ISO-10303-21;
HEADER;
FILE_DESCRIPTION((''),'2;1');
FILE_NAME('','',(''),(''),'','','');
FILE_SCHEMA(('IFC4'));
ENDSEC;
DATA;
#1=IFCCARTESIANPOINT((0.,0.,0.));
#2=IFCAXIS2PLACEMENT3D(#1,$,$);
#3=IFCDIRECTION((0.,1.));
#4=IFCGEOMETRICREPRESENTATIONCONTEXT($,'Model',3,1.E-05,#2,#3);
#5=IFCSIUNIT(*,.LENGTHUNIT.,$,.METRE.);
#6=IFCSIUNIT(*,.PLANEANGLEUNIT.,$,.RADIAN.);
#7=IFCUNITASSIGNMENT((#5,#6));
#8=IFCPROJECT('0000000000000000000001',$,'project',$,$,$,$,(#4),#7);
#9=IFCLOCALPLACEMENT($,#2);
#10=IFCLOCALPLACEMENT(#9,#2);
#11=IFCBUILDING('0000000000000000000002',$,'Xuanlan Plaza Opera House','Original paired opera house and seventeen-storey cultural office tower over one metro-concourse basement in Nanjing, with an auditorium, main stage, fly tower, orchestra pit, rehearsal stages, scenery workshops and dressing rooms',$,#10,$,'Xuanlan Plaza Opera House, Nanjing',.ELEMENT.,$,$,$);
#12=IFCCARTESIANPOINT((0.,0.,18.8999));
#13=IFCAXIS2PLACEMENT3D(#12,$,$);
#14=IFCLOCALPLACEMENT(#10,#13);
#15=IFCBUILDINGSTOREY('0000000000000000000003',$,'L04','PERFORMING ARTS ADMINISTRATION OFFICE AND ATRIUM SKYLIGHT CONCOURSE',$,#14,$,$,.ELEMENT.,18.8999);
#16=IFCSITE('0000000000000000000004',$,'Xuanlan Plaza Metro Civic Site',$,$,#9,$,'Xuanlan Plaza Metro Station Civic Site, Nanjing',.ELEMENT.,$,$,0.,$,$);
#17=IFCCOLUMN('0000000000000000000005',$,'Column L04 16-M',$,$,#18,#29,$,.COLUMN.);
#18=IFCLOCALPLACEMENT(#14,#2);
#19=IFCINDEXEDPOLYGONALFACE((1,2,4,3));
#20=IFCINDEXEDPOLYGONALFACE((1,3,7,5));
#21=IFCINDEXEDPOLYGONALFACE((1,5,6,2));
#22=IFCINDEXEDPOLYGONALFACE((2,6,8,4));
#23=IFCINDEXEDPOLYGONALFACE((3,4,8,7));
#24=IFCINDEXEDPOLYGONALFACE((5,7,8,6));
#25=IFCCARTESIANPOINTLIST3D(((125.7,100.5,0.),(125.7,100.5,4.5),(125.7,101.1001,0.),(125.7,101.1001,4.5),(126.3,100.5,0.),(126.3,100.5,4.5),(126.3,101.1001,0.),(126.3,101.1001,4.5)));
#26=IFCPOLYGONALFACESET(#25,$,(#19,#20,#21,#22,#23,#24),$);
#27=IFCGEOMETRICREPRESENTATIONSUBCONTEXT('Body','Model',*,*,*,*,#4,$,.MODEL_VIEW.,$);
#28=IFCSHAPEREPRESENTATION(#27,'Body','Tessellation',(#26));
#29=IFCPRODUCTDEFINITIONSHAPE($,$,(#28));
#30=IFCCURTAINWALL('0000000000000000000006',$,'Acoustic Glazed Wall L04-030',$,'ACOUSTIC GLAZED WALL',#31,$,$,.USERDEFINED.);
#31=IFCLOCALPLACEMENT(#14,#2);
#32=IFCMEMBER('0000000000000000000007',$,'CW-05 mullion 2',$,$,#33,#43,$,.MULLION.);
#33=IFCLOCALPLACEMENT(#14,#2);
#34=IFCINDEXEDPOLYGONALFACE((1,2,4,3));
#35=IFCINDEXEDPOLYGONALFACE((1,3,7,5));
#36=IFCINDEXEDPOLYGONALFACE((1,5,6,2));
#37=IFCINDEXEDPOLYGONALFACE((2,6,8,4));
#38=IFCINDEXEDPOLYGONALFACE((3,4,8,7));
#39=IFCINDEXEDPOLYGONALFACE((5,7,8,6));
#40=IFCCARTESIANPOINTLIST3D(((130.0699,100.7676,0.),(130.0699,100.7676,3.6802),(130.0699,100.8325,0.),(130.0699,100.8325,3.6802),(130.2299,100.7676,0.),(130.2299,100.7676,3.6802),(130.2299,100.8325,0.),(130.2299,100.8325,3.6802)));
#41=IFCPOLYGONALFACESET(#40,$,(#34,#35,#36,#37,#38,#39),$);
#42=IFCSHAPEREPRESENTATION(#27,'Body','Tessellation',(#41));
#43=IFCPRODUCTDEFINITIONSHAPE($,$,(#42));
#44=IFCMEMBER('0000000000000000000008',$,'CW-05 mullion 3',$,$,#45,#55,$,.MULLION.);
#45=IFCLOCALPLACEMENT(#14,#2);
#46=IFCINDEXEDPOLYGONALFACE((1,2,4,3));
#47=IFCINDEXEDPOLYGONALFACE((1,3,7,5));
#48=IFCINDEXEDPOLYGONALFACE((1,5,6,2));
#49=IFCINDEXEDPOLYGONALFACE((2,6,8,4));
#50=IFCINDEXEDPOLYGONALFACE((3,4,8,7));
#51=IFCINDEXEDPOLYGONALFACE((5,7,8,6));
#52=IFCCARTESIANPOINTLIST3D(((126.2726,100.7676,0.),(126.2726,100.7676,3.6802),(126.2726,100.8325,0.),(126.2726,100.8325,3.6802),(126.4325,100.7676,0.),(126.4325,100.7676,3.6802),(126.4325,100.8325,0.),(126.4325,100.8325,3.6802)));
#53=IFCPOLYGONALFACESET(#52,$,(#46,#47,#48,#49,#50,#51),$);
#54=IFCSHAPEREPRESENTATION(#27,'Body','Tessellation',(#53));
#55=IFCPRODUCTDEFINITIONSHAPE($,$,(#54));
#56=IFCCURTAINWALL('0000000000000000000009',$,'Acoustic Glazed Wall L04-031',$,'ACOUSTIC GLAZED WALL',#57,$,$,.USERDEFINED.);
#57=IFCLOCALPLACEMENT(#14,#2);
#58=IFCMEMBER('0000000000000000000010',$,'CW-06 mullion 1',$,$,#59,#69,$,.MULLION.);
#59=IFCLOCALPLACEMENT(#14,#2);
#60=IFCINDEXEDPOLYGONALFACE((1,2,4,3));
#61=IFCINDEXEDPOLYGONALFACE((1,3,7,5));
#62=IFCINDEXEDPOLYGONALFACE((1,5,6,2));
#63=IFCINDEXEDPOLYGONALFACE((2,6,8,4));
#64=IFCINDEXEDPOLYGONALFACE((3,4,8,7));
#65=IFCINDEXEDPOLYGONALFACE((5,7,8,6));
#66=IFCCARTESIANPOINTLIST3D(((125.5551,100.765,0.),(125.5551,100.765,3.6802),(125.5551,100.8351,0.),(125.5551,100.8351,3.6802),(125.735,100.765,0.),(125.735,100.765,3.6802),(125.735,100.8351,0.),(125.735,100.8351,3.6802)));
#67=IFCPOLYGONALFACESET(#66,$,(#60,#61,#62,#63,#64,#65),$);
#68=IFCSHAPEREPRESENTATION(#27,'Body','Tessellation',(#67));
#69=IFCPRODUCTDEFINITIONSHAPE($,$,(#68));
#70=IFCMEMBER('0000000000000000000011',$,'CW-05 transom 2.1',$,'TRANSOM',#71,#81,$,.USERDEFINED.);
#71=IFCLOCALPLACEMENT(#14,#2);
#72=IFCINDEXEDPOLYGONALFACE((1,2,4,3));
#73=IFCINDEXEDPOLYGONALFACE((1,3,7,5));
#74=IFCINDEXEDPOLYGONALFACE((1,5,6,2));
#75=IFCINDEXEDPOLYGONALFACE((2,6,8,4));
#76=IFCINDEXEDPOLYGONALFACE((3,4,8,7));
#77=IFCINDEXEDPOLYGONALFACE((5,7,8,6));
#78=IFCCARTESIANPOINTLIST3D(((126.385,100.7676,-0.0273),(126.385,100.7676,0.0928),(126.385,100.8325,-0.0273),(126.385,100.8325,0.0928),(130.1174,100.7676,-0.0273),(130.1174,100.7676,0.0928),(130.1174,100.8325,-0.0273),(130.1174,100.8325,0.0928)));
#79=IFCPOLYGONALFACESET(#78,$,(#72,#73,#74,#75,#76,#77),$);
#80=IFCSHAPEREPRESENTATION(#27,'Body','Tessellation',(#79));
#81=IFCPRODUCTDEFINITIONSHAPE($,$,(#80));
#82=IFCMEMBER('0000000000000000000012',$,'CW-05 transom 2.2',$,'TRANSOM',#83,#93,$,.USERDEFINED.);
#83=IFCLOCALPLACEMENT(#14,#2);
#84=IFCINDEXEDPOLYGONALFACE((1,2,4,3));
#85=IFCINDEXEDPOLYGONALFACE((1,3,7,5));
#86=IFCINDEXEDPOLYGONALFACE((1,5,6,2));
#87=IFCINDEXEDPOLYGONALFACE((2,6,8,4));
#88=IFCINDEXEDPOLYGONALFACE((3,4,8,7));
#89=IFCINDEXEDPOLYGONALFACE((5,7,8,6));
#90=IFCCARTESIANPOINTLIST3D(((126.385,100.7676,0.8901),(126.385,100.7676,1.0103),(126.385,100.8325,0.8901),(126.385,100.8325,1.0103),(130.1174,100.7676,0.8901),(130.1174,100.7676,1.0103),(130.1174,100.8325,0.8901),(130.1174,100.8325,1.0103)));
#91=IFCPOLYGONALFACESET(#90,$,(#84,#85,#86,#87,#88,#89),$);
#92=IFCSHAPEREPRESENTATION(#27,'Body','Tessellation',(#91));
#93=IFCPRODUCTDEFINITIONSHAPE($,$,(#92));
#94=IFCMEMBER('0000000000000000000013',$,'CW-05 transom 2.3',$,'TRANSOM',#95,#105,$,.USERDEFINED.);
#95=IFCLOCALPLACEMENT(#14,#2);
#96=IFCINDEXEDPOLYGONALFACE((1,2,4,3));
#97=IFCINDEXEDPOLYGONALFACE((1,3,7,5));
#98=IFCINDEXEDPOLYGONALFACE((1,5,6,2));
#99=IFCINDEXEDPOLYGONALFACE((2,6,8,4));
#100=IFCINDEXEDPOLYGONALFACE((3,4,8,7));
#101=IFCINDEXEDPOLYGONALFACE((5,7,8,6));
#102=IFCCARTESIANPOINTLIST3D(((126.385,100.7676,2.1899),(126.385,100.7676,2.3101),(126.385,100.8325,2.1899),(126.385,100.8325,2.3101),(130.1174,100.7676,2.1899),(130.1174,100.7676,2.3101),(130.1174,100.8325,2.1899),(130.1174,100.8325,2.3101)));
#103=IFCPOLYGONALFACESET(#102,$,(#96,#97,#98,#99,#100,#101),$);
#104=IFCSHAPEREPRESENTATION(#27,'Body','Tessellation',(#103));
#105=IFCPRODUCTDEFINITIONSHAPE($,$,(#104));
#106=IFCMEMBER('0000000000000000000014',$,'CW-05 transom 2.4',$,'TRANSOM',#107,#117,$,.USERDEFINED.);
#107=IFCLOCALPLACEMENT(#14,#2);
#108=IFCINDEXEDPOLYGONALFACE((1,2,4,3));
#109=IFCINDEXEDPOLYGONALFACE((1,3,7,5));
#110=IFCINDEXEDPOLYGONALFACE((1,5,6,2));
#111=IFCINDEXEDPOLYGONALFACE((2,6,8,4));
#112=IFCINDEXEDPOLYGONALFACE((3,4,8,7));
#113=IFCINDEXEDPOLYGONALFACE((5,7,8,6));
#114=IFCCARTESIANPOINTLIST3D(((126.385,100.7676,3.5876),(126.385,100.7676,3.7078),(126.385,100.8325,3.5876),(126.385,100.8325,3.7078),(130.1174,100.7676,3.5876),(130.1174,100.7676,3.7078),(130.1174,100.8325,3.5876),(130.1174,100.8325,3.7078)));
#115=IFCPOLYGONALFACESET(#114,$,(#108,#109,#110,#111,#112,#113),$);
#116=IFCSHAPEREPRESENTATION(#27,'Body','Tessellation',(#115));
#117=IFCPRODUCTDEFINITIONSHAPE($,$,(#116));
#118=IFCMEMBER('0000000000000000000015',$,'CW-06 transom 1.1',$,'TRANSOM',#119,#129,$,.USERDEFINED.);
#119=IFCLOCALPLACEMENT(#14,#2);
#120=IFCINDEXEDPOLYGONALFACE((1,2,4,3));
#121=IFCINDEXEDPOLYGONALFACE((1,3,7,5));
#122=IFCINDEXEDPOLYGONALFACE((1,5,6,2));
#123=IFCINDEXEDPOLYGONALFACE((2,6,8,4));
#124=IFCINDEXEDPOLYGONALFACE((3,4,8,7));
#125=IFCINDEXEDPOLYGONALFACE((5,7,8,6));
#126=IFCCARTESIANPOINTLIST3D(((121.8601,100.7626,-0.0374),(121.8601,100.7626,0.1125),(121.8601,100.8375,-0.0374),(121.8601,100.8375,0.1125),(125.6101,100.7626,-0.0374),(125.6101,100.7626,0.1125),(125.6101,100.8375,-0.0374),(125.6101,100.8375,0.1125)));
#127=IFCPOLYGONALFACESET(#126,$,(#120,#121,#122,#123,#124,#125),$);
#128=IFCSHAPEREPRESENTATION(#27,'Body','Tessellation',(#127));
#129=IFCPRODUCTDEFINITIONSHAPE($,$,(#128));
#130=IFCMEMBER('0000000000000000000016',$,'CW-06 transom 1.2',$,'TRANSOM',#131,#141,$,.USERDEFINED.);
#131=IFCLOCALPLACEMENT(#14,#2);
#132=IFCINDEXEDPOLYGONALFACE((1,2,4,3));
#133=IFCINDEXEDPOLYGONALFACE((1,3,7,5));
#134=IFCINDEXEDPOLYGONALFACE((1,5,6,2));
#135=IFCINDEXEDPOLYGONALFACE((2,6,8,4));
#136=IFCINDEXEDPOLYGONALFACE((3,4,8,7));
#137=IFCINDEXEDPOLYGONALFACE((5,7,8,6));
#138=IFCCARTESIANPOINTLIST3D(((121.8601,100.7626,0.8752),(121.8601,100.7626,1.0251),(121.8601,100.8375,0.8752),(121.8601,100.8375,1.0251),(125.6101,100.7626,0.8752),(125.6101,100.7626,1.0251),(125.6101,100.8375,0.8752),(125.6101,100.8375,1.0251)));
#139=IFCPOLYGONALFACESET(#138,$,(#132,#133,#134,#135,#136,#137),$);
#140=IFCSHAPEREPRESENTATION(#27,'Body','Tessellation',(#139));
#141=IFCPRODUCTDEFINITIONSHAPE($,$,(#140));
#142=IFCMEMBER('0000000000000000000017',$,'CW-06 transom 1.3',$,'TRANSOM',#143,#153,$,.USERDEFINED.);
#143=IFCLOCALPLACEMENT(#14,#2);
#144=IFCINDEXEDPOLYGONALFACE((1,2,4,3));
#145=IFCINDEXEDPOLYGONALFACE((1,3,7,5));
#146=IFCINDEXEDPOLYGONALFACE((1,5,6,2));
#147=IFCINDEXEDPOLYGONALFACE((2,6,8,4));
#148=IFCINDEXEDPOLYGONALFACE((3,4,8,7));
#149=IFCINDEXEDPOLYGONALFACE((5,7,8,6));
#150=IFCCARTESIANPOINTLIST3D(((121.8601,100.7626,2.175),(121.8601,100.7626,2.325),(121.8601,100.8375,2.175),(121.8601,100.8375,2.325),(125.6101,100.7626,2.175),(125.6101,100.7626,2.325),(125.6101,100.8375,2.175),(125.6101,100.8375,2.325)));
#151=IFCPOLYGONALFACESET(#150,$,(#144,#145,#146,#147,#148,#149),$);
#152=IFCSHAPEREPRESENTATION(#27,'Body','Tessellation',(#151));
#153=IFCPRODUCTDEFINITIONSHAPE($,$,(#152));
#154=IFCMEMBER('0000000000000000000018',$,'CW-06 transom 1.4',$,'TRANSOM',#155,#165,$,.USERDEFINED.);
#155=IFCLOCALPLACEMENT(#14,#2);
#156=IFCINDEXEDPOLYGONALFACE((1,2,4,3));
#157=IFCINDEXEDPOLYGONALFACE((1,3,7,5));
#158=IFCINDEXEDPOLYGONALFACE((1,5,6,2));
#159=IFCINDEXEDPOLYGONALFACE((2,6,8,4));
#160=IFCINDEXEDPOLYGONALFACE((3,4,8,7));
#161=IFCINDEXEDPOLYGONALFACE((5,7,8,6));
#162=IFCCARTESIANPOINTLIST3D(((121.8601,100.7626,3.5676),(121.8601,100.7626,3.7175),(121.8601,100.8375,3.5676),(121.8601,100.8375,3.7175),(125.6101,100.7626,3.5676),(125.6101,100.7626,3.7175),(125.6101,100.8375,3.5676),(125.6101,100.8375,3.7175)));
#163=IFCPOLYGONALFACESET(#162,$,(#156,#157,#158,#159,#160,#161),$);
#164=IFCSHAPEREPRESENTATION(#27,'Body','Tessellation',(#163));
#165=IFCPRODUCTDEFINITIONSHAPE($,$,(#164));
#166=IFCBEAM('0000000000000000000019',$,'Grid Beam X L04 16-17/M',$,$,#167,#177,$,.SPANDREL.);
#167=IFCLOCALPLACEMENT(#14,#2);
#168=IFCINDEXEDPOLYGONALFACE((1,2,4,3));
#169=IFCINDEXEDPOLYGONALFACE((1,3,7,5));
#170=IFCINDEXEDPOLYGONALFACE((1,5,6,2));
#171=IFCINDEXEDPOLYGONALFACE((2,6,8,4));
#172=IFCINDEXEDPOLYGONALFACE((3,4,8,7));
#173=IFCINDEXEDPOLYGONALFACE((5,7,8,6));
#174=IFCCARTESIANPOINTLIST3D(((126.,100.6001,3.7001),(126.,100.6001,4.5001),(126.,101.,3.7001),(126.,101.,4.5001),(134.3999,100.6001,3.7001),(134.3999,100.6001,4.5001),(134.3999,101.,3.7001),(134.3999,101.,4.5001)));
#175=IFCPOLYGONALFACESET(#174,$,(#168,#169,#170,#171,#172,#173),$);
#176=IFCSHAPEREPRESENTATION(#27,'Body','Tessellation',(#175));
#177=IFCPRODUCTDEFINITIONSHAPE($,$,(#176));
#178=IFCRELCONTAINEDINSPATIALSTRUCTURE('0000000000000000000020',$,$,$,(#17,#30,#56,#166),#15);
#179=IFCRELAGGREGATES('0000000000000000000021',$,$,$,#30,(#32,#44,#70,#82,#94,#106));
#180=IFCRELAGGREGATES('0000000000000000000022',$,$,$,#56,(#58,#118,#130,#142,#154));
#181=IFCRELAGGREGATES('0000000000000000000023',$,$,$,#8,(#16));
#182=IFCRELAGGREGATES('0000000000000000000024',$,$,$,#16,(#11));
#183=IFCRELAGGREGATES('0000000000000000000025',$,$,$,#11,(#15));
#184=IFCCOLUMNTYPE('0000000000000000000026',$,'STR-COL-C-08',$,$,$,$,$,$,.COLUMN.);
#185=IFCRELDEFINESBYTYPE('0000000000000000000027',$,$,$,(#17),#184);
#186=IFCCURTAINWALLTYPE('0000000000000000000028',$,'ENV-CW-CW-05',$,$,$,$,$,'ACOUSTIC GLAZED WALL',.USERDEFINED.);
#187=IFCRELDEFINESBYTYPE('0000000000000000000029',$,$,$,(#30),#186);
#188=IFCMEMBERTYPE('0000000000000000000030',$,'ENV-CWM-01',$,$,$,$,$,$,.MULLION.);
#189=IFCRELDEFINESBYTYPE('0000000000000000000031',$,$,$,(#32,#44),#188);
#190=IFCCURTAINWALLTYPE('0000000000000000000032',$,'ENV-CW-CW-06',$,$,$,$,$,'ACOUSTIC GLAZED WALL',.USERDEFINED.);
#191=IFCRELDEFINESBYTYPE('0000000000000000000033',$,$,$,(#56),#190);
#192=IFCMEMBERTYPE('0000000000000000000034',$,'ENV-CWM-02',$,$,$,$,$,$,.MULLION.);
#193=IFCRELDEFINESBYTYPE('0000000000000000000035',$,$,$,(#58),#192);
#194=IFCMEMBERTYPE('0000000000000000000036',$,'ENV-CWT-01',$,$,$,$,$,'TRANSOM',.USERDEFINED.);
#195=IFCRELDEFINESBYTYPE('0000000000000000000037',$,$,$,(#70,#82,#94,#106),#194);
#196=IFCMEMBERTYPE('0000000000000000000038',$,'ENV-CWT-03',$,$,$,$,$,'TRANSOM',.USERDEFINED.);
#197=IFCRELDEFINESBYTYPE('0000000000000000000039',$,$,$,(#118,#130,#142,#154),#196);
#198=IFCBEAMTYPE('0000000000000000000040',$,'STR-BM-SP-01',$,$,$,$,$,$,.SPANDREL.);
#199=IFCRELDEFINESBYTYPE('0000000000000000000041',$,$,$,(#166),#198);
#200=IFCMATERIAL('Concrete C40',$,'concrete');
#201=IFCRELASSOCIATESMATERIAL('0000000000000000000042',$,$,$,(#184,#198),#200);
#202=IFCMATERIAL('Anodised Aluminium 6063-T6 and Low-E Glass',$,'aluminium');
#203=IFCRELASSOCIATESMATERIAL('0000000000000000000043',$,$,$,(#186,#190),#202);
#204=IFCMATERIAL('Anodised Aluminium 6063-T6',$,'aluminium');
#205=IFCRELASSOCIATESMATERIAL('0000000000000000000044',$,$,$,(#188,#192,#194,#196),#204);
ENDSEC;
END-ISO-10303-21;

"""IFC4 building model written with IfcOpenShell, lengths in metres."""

from ifc_helpers import new_model, si_unit, direction, frame, origin, origin_2d, place, context, subcontext, project, spatial, rectangle, extrude, material, material_profile, profile_set, type_object, element, aggregate, save


model = new_model("IFC4")

# Units and contexts
model_context = context("Model", 3, precision=1e-05, world=origin(), true_north=direction((0.0, 1.0)))
body_context = subcontext(model_context, "Body", "Model", "MODEL_VIEW")
ifc_project = project(units=[si_unit("LENGTHUNIT", "METRE"), si_unit("PLANEANGLEUNIT", "RADIAN")], contexts=[model_context])

# Site, building, storey
site_placement = place(None, origin())
site = spatial("IfcSite", under=ifc_project, at=site_placement, Name="Xuanlan Plaza Metro Civic Site", LongName="Xuanlan Plaza Metro Station Civic Site, Nanjing", CompositionType="ELEMENT", RefElevation=0.0)
building_placement = place(site_placement, origin())
building = spatial("IfcBuilding", under=site, at=building_placement, Name="Xuanlan Plaza Opera House", Description="Original paired opera house and seventeen-storey cultural office tower over one metro-concourse basement in Nanjing, with an auditorium, main stage, fly tower, orchestra pit, rehearsal stages, scenery workshops and dressing rooms", LongName="Xuanlan Plaza Opera House, Nanjing", CompositionType="ELEMENT")
storey_placement = place(building_placement, frame((0.0, 0.0, 18.8999)))
storey = spatial("IfcBuildingStorey", under=building, at=storey_placement, Name="L04", Description="PERFORMING ARTS ADMINISTRATION OFFICE AND ATRIUM SKYLIGHT CONCOURSE", CompositionType="ELEMENT", Elevation=18.8999)

# Column
ifc_material_1 = material(Name="Concrete C40", Category="concrete")
ifc_material_profile_1 = material_profile(ifc_material_1, rectangle(XDim=0.6001, YDim=0.6001, at=origin_2d()), Name="RC-COL 600x600")
ifc_profile_set_1 = profile_set([ifc_material_profile_1], Name="Concrete C40")
column_type = type_object("IfcColumnType", Name="STR-COL-C-08", PredefinedType="COLUMN", material=ifc_profile_set_1)
column_placement = place(storey_placement, frame((126.0, 100.8, 0.0), z_axis=(0.0, 0.0, 1.0), x_axis=(1.0, 0.0, 0.0)))
element("IfcColumn", 1, at=column_placement, inside=storey, type_object=column_type, Name="Column L04 16-M", PredefinedType="COLUMN", context=body_context, shape_type="SweptSolid", body=[
    extrude(rectangle(XDim=0.6001, YDim=0.6001, at=origin_2d()), origin(), (0.0, 0.0, 1.0), 4.5),
])

# Curtain wall, members
ifc_material_2 = material(Name="Anodised Aluminium 6063-T6 and Low-E Glass", Category="aluminium")
curtain_wall_type_1 = type_object("IfcCurtainWallType", Name="ENV-CW-CW-05", ElementType="ACOUSTIC GLAZED WALL", PredefinedType="USERDEFINED", material=ifc_material_2)
curtain_wall_1_placement = place(storey_placement, origin())
curtain_wall_1 = element("IfcCurtainWall", 2, at=curtain_wall_1_placement, inside=storey, type_object=curtain_wall_type_1, Name="Acoustic Glazed Wall L04-030", ObjectType="ACOUSTIC GLAZED WALL", PredefinedType="USERDEFINED")
ifc_material_3 = material(Name="Anodised Aluminium 6063-T6", Category="aluminium")
ifc_material_profile_2 = material_profile(ifc_material_3, rectangle(XDim=0.0649, YDim=0.1599, at=origin_2d()), Name="ALU-M 65x160")
ifc_profile_set_2 = profile_set([ifc_material_profile_2], Name="Anodised Aluminium 6063-T6")
member_type_1 = type_object("IfcMemberType", Name="ENV-CWM-01", PredefinedType="MULLION", material=ifc_profile_set_2)
member_1_placement = place(storey_placement, frame((130.1499, 100.8, 0.0), z_axis=(0.0, 0.0, 1.0), x_axis=(0.0, -1.0, 0.0)))
member_1 = element("IfcMember", 3, at=member_1_placement, type_object=member_type_1, Name="CW-05 mullion 2", PredefinedType="MULLION", context=body_context, shape_type="SweptSolid", body=[
    extrude(rectangle(XDim=0.0649, YDim=0.1599, at=origin_2d()), origin(), (0.0, 0.0, 1.0), 3.6802),
])
member_2_placement = place(storey_placement, frame((126.3525, 100.8, 0.0), z_axis=(0.0, 0.0, 1.0), x_axis=(0.0, -1.0, 0.0)))
member_2 = element("IfcMember", 4, at=member_2_placement, type_object=member_type_1, Name="CW-05 mullion 3", PredefinedType="MULLION", context=body_context, shape_type="SweptSolid", body=[
    extrude(rectangle(XDim=0.0649, YDim=0.1599, at=origin_2d()), origin(), (0.0, 0.0, 1.0), 3.6802),
])

# Curtain wall, member
curtain_wall_type_2 = type_object("IfcCurtainWallType", Name="ENV-CW-CW-06", ElementType="ACOUSTIC GLAZED WALL", PredefinedType="USERDEFINED", material=ifc_material_2)
curtain_wall_2_placement = place(storey_placement, origin())
curtain_wall_2 = element("IfcCurtainWall", 5, at=curtain_wall_2_placement, inside=storey, type_object=curtain_wall_type_2, Name="Acoustic Glazed Wall L04-031", ObjectType="ACOUSTIC GLAZED WALL", PredefinedType="USERDEFINED")
ifc_material_profile_3 = material_profile(ifc_material_3, rectangle(XDim=0.0701, YDim=0.1799, at=origin_2d()), Name="ALU-M 70x180")
ifc_profile_set_3 = profile_set([ifc_material_profile_3], Name="Anodised Aluminium 6063-T6")
member_type_2 = type_object("IfcMemberType", Name="ENV-CWM-02", PredefinedType="MULLION", material=ifc_profile_set_3)
member_3_placement = place(storey_placement, frame((125.645, 100.8, 0.0), z_axis=(0.0, 0.0, 1.0), x_axis=(0.0, -1.0, 0.0)))
member_3 = element("IfcMember", 6, at=member_3_placement, type_object=member_type_2, Name="CW-06 mullion 1", PredefinedType="MULLION", context=body_context, shape_type="SweptSolid", body=[
    extrude(rectangle(XDim=0.0701, YDim=0.1799, at=origin_2d()), origin(), (0.0, 0.0, 1.0), 3.6802),
])

# Members
ifc_material_profile_4 = material_profile(ifc_material_3, rectangle(XDim=0.0649, YDim=0.1201, at=origin_2d()), Name="ALU-T 65x120")
ifc_profile_set_4 = profile_set([ifc_material_profile_4], Name="Anodised Aluminium 6063-T6")
member_type_3 = type_object("IfcMemberType", Name="ENV-CWT-01", ElementType="TRANSOM", PredefinedType="USERDEFINED", material=ifc_profile_set_4)
member_4_placement = place(storey_placement, frame((130.1174, 100.8, 0.0327), z_axis=(-1.0, 0.0, 0.0), x_axis=(0.0, -1.0, 0.0)))
member_4 = element("IfcMember", 7, at=member_4_placement, type_object=member_type_3, Name="CW-05 transom 2.1", ObjectType="TRANSOM", PredefinedType="USERDEFINED", context=body_context, shape_type="SweptSolid", body=[
    extrude(rectangle(XDim=0.0649, YDim=0.1201, at=origin_2d()), origin(), (0.0, 0.0, 1.0), 3.7324),
])
member_5_placement = place(storey_placement, frame((130.1174, 100.8, 0.9502), z_axis=(-1.0, 0.0, 0.0), x_axis=(0.0, -1.0, 0.0)))
member_5 = element("IfcMember", 8, at=member_5_placement, type_object=member_type_3, Name="CW-05 transom 2.2", ObjectType="TRANSOM", PredefinedType="USERDEFINED", context=body_context, shape_type="SweptSolid", body=[
    extrude(rectangle(XDim=0.0649, YDim=0.1201, at=origin_2d()), origin(), (0.0, 0.0, 1.0), 3.7324),
])
member_6_placement = place(storey_placement, frame((130.1174, 100.8, 2.25), z_axis=(-1.0, 0.0, 0.0), x_axis=(0.0, -1.0, 0.0)))
member_6 = element("IfcMember", 9, at=member_6_placement, type_object=member_type_3, Name="CW-05 transom 2.3", ObjectType="TRANSOM", PredefinedType="USERDEFINED", context=body_context, shape_type="SweptSolid", body=[
    extrude(rectangle(XDim=0.0649, YDim=0.1201, at=origin_2d()), origin(), (0.0, 0.0, 1.0), 3.7324),
])
member_7_placement = place(storey_placement, frame((130.1174, 100.8, 3.6477), z_axis=(-1.0, 0.0, 0.0), x_axis=(0.0, -1.0, 0.0)))
member_7 = element("IfcMember", 10, at=member_7_placement, type_object=member_type_3, Name="CW-05 transom 2.4", ObjectType="TRANSOM", PredefinedType="USERDEFINED", context=body_context, shape_type="SweptSolid", body=[
    extrude(rectangle(XDim=0.0649, YDim=0.1201, at=origin_2d()), origin(), (0.0, 0.0, 1.0), 3.7324),
])
ifc_material_profile_5 = material_profile(ifc_material_3, rectangle(XDim=0.075, YDim=0.1499, at=origin_2d()), Name="ALU-T 75x150")
ifc_profile_set_5 = profile_set([ifc_material_profile_5], Name="Anodised Aluminium 6063-T6")
member_type_4 = type_object("IfcMemberType", Name="ENV-CWT-03", ElementType="TRANSOM", PredefinedType="USERDEFINED", material=ifc_profile_set_5)
member_8_placement = place(storey_placement, frame((125.6101, 100.8, 0.0376), z_axis=(-1.0, 0.0, 0.0), x_axis=(0.0, -1.0, 0.0)))
member_8 = element("IfcMember", 11, at=member_8_placement, type_object=member_type_4, Name="CW-06 transom 1.1", ObjectType="TRANSOM", PredefinedType="USERDEFINED", context=body_context, shape_type="SweptSolid", body=[
    extrude(rectangle(XDim=0.075, YDim=0.1499, at=origin_2d()), origin(), (0.0, 0.0, 1.0), 3.75),
])
member_9_placement = place(storey_placement, frame((125.6101, 100.8, 0.9502), z_axis=(-1.0, 0.0, 0.0), x_axis=(0.0, -1.0, 0.0)))
member_9 = element("IfcMember", 12, at=member_9_placement, type_object=member_type_4, Name="CW-06 transom 1.2", ObjectType="TRANSOM", PredefinedType="USERDEFINED", context=body_context, shape_type="SweptSolid", body=[
    extrude(rectangle(XDim=0.075, YDim=0.1499, at=origin_2d()), origin(), (0.0, 0.0, 1.0), 3.75),
])
member_10_placement = place(storey_placement, frame((125.6101, 100.8, 2.25), z_axis=(-1.0, 0.0, 0.0), x_axis=(0.0, -1.0, 0.0)))
member_10 = element("IfcMember", 13, at=member_10_placement, type_object=member_type_4, Name="CW-06 transom 1.3", ObjectType="TRANSOM", PredefinedType="USERDEFINED", context=body_context, shape_type="SweptSolid", body=[
    extrude(rectangle(XDim=0.075, YDim=0.1499, at=origin_2d()), origin(), (0.0, 0.0, 1.0), 3.75),
])
member_11_placement = place(storey_placement, frame((125.6101, 100.8, 3.6426), z_axis=(-1.0, 0.0, 0.0), x_axis=(0.0, -1.0, 0.0)))
member_11 = element("IfcMember", 14, at=member_11_placement, type_object=member_type_4, Name="CW-06 transom 1.4", ObjectType="TRANSOM", PredefinedType="USERDEFINED", context=body_context, shape_type="SweptSolid", body=[
    extrude(rectangle(XDim=0.075, YDim=0.1499, at=origin_2d()), origin(), (0.0, 0.0, 1.0), 3.75),
])

# Beam
ifc_material_profile_6 = material_profile(ifc_material_1, rectangle(XDim=0.3999, YDim=0.8, at=origin_2d()), Name="RC-SPD 400x800")
ifc_profile_set_6 = profile_set([ifc_material_profile_6], Name="Concrete C40")
beam_type = type_object("IfcBeamType", Name="STR-BM-SP-01", PredefinedType="SPANDREL", material=ifc_profile_set_6)
beam_placement = place(storey_placement, frame((126.0, 100.8, 4.1001), z_axis=(1.0, 0.0, 0.0), x_axis=(0.0, 1.0, 0.0)))
element("IfcBeam", 15, at=beam_placement, inside=storey, type_object=beam_type, Name="Grid Beam X L04 16-17/M", PredefinedType="SPANDREL", context=body_context, shape_type="SweptSolid", body=[
    extrude(rectangle(XDim=0.3999, YDim=0.8, at=origin_2d()), origin(), (0.0, 0.0, 1.0), 8.3999),
])

aggregate(curtain_wall_1, [member_1, member_2, member_4, member_5, member_6, member_7])
aggregate(curtain_wall_2, [member_3, member_8, member_9, member_10, member_11])

save(model, "model.ifc")
